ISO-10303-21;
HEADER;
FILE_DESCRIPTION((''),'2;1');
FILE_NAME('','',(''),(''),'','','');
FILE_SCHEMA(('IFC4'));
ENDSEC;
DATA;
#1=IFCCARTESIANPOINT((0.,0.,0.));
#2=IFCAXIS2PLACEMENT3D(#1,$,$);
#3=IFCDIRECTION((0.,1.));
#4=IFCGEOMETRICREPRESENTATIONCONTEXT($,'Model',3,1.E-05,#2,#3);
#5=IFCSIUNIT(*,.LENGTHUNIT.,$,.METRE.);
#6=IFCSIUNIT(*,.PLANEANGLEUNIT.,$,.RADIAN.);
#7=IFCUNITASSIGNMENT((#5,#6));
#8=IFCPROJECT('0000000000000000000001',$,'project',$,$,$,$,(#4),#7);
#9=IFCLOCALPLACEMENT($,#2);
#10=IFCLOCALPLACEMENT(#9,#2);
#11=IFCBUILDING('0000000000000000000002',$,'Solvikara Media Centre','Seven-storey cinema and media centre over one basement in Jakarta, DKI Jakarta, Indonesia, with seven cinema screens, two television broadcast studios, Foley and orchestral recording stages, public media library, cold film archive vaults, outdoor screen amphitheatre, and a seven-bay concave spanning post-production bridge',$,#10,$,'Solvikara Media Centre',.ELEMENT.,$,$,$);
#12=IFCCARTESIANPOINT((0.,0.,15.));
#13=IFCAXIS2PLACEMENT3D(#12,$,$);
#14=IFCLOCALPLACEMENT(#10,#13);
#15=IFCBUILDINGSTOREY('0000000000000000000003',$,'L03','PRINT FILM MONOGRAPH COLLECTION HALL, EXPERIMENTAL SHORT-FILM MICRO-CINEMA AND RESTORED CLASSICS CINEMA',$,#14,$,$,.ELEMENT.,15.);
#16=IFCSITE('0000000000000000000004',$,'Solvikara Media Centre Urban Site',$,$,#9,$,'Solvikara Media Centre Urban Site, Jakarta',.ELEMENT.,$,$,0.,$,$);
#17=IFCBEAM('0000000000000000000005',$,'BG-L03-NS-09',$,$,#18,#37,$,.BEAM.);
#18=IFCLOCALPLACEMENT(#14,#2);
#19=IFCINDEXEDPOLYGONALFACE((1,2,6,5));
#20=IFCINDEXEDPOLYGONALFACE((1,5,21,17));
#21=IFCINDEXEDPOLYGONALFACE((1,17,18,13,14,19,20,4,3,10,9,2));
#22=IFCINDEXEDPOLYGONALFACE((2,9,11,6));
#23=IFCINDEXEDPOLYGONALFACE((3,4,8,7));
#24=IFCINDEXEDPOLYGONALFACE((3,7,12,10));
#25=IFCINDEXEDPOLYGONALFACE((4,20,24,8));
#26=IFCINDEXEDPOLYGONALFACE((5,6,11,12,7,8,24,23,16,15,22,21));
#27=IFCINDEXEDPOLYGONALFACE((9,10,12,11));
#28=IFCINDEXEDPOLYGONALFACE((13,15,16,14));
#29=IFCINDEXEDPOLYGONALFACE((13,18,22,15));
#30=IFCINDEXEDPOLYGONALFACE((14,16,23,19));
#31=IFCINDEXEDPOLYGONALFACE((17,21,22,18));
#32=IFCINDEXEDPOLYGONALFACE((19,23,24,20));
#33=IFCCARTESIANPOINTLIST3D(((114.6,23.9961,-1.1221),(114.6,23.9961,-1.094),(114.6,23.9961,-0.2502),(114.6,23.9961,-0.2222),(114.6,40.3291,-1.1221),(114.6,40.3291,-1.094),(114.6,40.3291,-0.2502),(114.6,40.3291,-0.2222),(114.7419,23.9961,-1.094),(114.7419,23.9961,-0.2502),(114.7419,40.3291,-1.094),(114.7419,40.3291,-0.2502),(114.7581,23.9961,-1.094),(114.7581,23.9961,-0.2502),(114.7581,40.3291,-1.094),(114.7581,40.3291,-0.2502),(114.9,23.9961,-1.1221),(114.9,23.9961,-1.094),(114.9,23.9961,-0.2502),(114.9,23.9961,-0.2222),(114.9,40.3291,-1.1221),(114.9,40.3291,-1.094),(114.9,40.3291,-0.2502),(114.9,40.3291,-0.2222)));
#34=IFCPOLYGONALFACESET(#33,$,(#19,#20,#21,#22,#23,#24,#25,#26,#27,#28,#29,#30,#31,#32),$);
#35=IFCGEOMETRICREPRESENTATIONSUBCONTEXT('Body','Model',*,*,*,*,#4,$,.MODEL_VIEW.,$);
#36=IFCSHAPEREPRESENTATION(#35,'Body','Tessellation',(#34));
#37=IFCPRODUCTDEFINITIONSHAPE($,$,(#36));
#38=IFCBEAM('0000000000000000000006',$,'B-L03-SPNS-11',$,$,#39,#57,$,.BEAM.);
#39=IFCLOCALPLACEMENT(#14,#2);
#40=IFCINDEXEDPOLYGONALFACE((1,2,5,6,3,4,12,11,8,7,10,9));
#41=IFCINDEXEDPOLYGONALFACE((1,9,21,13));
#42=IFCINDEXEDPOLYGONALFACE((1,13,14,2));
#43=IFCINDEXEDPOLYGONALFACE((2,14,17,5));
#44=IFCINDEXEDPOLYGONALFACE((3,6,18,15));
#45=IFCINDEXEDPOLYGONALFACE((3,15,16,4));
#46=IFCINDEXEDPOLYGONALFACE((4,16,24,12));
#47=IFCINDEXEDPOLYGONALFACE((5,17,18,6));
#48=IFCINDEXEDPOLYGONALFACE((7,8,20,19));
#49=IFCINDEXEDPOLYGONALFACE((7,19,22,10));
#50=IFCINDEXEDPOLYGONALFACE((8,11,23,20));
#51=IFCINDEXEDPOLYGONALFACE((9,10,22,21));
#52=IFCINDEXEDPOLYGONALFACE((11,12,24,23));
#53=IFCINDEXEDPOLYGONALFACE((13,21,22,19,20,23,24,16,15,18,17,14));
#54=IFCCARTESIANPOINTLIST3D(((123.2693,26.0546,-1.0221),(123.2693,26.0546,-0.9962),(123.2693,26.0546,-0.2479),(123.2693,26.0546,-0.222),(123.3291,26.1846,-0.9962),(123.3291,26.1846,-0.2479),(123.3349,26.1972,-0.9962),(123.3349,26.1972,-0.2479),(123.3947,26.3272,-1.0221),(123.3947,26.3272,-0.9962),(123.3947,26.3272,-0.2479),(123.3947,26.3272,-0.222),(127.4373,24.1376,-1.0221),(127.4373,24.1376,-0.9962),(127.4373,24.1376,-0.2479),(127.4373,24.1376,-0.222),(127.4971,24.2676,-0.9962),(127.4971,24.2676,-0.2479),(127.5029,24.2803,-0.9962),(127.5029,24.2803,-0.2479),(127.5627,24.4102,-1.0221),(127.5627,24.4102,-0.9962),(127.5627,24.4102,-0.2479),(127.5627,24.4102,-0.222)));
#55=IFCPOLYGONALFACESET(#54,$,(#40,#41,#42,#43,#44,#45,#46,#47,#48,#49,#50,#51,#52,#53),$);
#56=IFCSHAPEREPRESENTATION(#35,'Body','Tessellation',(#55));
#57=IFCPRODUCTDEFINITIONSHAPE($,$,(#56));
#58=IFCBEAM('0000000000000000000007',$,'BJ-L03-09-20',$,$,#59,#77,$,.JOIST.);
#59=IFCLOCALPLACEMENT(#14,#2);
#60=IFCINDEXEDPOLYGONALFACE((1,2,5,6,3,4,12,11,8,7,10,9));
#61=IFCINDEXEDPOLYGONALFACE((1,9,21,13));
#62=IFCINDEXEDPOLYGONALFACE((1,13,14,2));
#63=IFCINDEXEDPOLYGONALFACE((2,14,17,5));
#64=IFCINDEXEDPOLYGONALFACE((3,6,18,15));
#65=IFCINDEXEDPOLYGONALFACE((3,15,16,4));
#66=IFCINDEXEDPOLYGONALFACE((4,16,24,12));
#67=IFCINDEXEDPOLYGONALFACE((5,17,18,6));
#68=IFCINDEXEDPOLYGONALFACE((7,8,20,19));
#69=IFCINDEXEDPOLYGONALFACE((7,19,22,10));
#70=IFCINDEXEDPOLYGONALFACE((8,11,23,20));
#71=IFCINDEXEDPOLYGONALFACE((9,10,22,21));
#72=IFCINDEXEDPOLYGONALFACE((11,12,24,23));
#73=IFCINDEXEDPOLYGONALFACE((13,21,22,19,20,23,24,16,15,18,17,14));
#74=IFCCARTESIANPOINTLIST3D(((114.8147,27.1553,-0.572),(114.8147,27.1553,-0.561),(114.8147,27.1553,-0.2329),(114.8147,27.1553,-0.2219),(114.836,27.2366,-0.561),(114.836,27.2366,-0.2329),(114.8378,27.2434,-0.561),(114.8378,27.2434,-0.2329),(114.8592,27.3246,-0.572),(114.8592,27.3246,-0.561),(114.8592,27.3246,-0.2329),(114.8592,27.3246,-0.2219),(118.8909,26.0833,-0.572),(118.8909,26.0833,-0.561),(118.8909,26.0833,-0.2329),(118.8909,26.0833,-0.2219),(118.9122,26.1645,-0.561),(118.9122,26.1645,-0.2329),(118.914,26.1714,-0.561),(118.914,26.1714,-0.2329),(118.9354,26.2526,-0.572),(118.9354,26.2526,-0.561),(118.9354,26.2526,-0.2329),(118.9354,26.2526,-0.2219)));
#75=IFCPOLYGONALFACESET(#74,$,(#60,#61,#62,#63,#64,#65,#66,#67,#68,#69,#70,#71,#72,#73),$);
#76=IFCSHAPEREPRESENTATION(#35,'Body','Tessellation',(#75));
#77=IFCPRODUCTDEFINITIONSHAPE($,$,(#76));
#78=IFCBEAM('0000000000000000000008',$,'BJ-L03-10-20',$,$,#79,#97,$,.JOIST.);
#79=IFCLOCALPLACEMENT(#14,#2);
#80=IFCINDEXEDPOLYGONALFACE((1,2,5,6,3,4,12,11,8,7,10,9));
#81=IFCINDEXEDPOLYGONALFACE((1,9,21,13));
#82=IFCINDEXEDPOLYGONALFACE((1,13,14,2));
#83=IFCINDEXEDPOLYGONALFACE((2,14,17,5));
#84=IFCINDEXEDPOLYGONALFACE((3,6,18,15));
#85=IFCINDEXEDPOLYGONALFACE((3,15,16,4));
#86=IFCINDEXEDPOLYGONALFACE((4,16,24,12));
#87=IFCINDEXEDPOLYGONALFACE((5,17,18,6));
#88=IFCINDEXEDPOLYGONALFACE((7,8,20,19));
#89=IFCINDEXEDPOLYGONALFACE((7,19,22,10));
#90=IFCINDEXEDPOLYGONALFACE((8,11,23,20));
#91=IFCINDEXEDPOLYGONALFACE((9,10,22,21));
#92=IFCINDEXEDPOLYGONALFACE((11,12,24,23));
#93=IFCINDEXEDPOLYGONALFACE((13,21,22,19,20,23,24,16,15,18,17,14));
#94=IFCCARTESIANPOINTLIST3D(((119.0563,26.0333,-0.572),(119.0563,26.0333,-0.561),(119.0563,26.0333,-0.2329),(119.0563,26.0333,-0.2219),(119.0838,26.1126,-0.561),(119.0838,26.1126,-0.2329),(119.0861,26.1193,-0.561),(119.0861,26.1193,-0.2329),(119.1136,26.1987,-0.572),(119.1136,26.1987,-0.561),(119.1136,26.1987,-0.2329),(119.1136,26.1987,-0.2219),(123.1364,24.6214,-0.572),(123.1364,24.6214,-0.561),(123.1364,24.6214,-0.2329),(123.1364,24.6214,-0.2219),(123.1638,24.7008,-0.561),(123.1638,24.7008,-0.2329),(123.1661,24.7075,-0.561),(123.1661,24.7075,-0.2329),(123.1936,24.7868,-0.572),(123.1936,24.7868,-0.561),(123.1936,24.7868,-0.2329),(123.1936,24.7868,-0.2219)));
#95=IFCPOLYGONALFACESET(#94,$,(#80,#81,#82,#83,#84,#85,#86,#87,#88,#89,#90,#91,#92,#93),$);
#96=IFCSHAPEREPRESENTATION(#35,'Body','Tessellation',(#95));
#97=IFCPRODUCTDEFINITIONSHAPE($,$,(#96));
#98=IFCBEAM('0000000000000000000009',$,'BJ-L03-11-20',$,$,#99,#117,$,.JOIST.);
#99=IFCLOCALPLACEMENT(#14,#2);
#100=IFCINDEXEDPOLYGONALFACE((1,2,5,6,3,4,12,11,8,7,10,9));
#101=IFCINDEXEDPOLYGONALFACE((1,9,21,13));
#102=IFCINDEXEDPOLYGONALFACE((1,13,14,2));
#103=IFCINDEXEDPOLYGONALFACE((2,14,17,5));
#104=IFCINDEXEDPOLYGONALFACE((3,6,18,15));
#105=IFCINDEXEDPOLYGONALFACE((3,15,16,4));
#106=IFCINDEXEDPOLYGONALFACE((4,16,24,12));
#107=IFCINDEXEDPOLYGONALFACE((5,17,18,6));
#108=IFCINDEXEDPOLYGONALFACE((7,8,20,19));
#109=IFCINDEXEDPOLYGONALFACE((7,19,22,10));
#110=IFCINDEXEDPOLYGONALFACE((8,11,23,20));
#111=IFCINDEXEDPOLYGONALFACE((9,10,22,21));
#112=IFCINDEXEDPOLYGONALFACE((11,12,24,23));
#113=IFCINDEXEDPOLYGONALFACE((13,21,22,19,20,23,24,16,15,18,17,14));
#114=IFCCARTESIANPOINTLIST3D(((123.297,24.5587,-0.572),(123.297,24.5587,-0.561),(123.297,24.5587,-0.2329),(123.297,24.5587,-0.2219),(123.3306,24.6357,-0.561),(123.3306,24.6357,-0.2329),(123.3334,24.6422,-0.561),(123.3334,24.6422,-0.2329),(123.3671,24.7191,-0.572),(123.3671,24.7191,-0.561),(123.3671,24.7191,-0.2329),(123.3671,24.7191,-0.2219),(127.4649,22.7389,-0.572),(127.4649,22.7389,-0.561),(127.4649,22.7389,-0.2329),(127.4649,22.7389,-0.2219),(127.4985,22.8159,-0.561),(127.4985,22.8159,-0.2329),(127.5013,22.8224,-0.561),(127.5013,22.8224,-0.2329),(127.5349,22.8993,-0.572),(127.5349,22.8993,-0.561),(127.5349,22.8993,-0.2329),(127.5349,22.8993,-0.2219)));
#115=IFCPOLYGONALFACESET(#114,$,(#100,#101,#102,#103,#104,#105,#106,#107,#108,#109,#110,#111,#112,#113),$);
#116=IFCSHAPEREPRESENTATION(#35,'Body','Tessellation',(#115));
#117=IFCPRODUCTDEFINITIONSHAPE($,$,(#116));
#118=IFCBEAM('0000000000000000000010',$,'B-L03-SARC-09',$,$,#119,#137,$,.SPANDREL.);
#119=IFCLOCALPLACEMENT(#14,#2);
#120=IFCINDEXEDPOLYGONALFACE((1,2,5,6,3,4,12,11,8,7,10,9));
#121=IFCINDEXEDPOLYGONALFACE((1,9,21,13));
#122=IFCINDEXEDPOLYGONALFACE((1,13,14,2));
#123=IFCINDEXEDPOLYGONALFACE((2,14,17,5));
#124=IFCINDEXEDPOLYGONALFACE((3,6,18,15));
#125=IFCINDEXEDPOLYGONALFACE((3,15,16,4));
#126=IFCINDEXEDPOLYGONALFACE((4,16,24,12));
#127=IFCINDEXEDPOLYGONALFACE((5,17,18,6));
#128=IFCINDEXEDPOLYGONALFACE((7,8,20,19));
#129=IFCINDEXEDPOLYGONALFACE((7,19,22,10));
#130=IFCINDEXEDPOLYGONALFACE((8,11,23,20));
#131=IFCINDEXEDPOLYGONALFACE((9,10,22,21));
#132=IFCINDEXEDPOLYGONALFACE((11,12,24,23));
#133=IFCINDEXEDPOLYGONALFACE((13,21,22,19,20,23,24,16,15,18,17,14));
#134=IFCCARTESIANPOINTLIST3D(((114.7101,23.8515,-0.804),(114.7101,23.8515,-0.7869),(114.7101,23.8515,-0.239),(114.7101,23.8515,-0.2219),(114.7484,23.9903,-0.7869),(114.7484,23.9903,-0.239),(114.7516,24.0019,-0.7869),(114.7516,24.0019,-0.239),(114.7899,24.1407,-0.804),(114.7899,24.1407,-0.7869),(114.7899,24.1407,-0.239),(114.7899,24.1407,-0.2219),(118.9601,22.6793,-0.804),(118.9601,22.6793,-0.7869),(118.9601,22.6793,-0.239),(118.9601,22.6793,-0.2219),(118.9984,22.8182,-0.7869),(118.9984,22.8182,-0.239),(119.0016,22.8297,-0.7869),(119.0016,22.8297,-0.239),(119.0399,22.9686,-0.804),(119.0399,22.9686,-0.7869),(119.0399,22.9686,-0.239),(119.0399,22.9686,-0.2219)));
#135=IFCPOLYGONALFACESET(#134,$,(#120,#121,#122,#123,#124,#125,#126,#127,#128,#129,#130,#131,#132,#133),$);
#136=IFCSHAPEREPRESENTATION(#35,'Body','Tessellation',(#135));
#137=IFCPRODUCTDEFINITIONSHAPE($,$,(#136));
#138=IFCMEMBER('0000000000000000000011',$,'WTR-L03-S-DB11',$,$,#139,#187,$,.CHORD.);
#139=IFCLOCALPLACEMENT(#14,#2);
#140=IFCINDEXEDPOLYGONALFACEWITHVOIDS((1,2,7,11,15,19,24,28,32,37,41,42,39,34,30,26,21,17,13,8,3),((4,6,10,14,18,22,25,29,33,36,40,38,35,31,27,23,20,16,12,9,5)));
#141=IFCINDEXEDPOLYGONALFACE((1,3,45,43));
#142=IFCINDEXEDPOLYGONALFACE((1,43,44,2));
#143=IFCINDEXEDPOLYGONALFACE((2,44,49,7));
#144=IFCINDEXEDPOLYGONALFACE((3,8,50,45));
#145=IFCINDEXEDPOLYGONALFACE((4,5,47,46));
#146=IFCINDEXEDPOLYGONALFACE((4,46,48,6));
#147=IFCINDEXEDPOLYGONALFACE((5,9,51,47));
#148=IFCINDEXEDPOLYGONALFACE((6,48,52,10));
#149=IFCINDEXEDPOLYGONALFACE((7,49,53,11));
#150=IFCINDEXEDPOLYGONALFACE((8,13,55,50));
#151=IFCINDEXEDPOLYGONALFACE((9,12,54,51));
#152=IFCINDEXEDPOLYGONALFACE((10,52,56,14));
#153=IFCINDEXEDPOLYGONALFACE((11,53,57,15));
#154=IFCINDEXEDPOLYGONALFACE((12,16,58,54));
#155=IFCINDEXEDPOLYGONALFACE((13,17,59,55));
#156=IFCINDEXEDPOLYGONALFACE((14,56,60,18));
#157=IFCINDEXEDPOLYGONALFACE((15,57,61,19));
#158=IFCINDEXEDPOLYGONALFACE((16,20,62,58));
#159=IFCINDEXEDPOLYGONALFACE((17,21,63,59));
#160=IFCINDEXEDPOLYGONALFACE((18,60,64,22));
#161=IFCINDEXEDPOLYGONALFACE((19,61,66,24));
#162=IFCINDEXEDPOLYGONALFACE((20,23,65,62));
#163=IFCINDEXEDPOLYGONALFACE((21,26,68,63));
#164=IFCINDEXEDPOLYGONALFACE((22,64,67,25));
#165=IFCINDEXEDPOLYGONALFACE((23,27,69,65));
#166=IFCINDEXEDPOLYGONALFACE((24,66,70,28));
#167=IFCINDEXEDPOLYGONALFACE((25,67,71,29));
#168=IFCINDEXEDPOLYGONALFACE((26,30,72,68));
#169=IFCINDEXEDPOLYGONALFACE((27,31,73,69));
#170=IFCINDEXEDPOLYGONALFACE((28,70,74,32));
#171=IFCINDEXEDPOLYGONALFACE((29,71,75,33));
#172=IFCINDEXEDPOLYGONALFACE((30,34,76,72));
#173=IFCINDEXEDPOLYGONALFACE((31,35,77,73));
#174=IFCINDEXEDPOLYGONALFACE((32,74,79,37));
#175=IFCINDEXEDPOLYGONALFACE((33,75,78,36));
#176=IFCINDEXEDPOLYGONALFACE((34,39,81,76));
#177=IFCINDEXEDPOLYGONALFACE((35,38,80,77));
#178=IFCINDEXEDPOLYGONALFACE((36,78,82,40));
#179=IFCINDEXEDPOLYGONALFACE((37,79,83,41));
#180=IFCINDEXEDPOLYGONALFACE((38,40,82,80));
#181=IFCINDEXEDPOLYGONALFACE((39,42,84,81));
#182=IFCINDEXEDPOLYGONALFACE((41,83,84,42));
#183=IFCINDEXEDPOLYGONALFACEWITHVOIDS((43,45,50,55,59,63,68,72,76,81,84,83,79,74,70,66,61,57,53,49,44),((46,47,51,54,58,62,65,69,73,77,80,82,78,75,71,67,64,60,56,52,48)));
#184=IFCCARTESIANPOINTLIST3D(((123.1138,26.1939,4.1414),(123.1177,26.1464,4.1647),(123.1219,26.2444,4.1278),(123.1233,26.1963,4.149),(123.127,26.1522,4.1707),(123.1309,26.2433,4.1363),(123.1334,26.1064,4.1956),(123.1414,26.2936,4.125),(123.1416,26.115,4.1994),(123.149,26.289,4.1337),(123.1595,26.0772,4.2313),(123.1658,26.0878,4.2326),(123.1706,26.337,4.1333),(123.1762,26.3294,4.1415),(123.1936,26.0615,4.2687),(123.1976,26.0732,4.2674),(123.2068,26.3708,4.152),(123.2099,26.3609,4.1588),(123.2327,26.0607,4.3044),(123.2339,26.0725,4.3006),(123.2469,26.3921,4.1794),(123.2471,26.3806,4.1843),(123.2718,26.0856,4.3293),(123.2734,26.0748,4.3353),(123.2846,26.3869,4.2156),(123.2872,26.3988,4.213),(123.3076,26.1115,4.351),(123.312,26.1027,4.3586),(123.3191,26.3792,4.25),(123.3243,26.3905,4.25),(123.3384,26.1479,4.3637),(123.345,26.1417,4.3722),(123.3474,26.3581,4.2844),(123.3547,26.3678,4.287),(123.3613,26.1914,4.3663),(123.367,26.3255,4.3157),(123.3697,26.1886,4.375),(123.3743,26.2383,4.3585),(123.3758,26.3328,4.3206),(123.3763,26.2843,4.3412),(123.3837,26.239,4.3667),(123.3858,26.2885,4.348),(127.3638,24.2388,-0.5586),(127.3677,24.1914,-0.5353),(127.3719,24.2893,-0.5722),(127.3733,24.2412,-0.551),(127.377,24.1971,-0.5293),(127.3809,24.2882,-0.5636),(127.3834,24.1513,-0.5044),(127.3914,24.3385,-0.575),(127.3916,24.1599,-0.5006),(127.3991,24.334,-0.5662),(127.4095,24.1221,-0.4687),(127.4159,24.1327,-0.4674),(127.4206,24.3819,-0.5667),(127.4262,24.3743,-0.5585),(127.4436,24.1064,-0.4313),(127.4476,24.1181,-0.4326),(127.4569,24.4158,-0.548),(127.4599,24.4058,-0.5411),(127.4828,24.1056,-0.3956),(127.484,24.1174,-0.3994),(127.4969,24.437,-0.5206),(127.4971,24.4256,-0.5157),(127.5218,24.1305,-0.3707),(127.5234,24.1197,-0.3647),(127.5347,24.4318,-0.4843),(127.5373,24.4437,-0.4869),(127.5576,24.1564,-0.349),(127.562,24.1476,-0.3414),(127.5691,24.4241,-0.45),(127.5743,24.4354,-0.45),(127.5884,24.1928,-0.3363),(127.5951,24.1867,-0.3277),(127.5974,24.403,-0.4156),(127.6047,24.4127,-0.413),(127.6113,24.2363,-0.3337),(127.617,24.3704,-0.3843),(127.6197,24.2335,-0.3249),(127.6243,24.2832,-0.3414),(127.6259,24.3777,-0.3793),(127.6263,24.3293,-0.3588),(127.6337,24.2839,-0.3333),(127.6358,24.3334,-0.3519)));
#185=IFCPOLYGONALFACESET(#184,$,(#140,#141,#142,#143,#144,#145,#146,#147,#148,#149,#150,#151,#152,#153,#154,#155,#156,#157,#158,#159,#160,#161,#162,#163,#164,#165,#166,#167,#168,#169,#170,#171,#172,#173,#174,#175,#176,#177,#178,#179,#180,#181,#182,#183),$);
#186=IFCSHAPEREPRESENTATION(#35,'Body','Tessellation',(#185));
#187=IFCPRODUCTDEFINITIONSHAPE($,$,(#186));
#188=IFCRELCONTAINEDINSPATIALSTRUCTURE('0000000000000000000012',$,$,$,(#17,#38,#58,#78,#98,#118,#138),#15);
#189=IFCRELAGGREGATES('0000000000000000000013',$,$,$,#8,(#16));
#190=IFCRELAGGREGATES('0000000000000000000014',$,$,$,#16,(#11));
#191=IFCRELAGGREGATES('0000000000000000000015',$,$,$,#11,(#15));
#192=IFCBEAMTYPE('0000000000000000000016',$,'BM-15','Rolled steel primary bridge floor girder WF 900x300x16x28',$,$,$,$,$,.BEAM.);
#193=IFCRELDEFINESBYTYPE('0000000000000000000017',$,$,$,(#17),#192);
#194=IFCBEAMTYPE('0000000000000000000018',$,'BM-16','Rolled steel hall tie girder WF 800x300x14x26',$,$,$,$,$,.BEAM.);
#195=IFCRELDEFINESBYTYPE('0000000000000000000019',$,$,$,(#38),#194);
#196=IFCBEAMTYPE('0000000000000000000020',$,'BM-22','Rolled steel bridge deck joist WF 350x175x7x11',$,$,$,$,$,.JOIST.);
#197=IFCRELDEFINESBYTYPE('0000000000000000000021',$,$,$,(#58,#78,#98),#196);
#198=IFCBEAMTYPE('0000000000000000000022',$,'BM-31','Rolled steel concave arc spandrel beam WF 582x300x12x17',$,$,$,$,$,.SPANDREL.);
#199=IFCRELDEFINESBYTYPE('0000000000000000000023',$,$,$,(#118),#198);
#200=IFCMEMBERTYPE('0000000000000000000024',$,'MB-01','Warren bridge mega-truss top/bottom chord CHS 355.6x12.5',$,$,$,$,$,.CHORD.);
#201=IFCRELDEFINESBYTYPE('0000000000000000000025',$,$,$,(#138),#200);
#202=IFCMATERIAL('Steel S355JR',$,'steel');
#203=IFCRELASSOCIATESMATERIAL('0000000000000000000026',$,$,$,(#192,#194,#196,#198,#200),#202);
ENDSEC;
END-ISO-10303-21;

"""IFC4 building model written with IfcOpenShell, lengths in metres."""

from ifc_helpers import new_model, si_unit, direction, frame, origin, origin_2d, place, context, subcontext, project, spatial, hollow_circle, i_section, extrude, material, material_profile, profile_set, type_object, element, save


model = new_model("IFC4")

# Units and contexts
model_context = context("Model", 3, precision=1e-05, world=origin(), true_north=direction((0.0, 1.0)))
body_context = subcontext(model_context, "Body", "Model", "MODEL_VIEW")
ifc_project = project(units=[si_unit("LENGTHUNIT", "METRE"), si_unit("PLANEANGLEUNIT", "RADIAN")], contexts=[model_context])

# Site, building, storey
site_placement = place(None, origin())
site = spatial("IfcSite", under=ifc_project, at=site_placement, Name="Solvikara Media Centre Urban Site", LongName="Solvikara Media Centre Urban Site, Jakarta", CompositionType="ELEMENT", RefElevation=0.0)
building_placement = place(site_placement, origin())
building = spatial("IfcBuilding", under=site, at=building_placement, Name="Solvikara Media Centre", Description="Seven-storey cinema and media centre over one basement in Jakarta, DKI Jakarta, Indonesia, with seven cinema screens, two television broadcast studios, Foley and orchestral recording stages, public media library, cold film archive vaults, outdoor screen amphitheatre, and a seven-bay concave spanning post-production bridge", LongName="Solvikara Media Centre", CompositionType="ELEMENT")
storey_placement = place(building_placement, frame((0.0, 0.0, 15.0)))
storey = spatial("IfcBuildingStorey", under=building, at=storey_placement, Name="L03", Description="PRINT FILM MONOGRAPH COLLECTION HALL, EXPERIMENTAL SHORT-FILM MICRO-CINEMA AND RESTORED CLASSICS CINEMA", CompositionType="ELEMENT", Elevation=15.0)

# Beams
ifc_material_1 = material(Name="Steel S355JR", Category="steel")
ifc_material_profile_1 = material_profile(ifc_material_1, i_section(OverallWidth=0.3, OverallDepth=0.8999, WebThickness=0.0161, FlangeThickness=0.0281, at=origin_2d()), Name="WF 900x300x16x28")
ifc_profile_set_1 = profile_set([ifc_material_profile_1], Name="Steel S355JR")
beam_type_1 = type_object("IfcBeamType", Name="BM-15", Description="Rolled steel primary bridge floor girder WF 900x300x16x28", PredefinedType="BEAM", material=ifc_profile_set_1)
beam_1_placement = place(storey_placement, frame((114.75, 23.9961, -0.6721), z_axis=(0.0, 1.0, 0.0), x_axis=(-1.0, 0.0, 0.0)))
element("IfcBeam", 1, at=beam_1_placement, inside=storey, type_object=beam_type_1, Name="BG-L03-NS-09", PredefinedType="BEAM", context=body_context, shape_type="SweptSolid", body=[
    extrude(i_section(OverallWidth=0.3, OverallDepth=0.8999, WebThickness=0.0161, FlangeThickness=0.0281, at=origin_2d()), origin(), (0.0, 0.0, 1.0), 16.333),
])
ifc_material_profile_2 = material_profile(ifc_material_1, i_section(OverallWidth=0.3, OverallDepth=0.8, WebThickness=0.0139, FlangeThickness=0.0259, at=origin_2d()), Name="WF 800x300x14x26")
ifc_profile_set_2 = profile_set([ifc_material_profile_2], Name="Steel S355JR")
beam_type_2 = type_object("IfcBeamType", Name="BM-16", Description="Rolled steel hall tie girder WF 800x300x14x26", PredefinedType="BEAM", material=ifc_profile_set_2)
beam_2_placement = place(storey_placement, frame((123.332, 26.1909, -0.6221), z_axis=(0.908513, -0.417856, 0.0), x_axis=(0.417856, 0.908513, 0.0)))
element("IfcBeam", 2, at=beam_2_placement, inside=storey, type_object=beam_type_2, Name="B-L03-SPNS-11", PredefinedType="BEAM", context=body_context, shape_type="SweptSolid", body=[
    extrude(i_section(OverallWidth=0.3, OverallDepth=0.8, WebThickness=0.0139, FlangeThickness=0.0259, at=origin_2d()), origin(), (0.0, 0.0, 1.0), 4.5876),
])
ifc_material_profile_3 = material_profile(ifc_material_1, i_section(OverallWidth=0.175, OverallDepth=0.3501, WebThickness=0.0071, FlangeThickness=0.011, at=origin_2d()), Name="WF 350x175x7x11")
ifc_profile_set_3 = profile_set([ifc_material_profile_3], Name="Steel S355JR")
beam_type_3 = type_object("IfcBeamType", Name="BM-22", Description="Rolled steel bridge deck joist WF 350x175x7x11", PredefinedType="JOIST", material=ifc_profile_set_3)
beam_3_placement = place(storey_placement, frame((114.8369, 27.24, -0.397), z_axis=(0.967113, -0.254348, 0.0), x_axis=(0.254348, 0.967113, 0.0)))
element("IfcBeam", 3, at=beam_3_placement, inside=storey, type_object=beam_type_3, Name="BJ-L03-09-20", PredefinedType="JOIST", context=body_context, shape_type="SweptSolid", body=[
    extrude(i_section(OverallWidth=0.175, OverallDepth=0.3501, WebThickness=0.0071, FlangeThickness=0.011, at=origin_2d()), origin(), (0.0, 0.0, 1.0), 4.2148),
])
beam_4_placement = place(storey_placement, frame((119.085, 26.116, -0.397), z_axis=(0.94502, -0.327013, 0.0), x_axis=(0.327013, 0.94502, 0.0)))
element("IfcBeam", 4, at=beam_4_placement, inside=storey, type_object=beam_type_3, Name="BJ-L03-10-20", PredefinedType="JOIST", context=body_context, shape_type="SweptSolid", body=[
    extrude(i_section(OverallWidth=0.175, OverallDepth=0.3501, WebThickness=0.0071, FlangeThickness=0.011, at=origin_2d()), origin(), (0.0, 0.0, 1.0), 4.3174),
])
beam_5_placement = place(storey_placement, frame((123.332, 24.6389, -0.397), z_axis=(0.916453, -0.400143, 0.0), x_axis=(0.400143, 0.916453, 0.0)))
element("IfcBeam", 5, at=beam_5_placement, inside=storey, type_object=beam_type_3, Name="BJ-L03-11-20", PredefinedType="JOIST", context=body_context, shape_type="SweptSolid", body=[
    extrude(i_section(OverallWidth=0.175, OverallDepth=0.3501, WebThickness=0.0071, FlangeThickness=0.011, at=origin_2d()), origin(), (0.0, 0.0, 1.0), 4.5479),
])
ifc_material_profile_4 = material_profile(ifc_material_1, i_section(OverallWidth=0.3, OverallDepth=0.582, WebThickness=0.012, FlangeThickness=0.0171, at=origin_2d()), Name="WF 582x300x12x17")
ifc_profile_set_4 = profile_set([ifc_material_profile_4], Name="Steel S355JR")
beam_type_4 = type_object("IfcBeamType", Name="BM-31", Description="Rolled steel concave arc spandrel beam WF 582x300x12x17", PredefinedType="SPANDREL", material=ifc_profile_set_4)
beam_6_placement = place(storey_placement, frame((114.75, 23.9961, -0.5129), z_axis=(0.96401, -0.265867, 0.0), x_axis=(0.265867, 0.96401, 0.0)))
element("IfcBeam", 6, at=beam_6_placement, inside=storey, type_object=beam_type_4, Name="B-L03-SARC-09", PredefinedType="SPANDREL", context=body_context, shape_type="SweptSolid", body=[
    extrude(i_section(OverallWidth=0.3, OverallDepth=0.582, WebThickness=0.012, FlangeThickness=0.0171, at=origin_2d()), origin(), (0.0, 0.0, 1.0), 4.4087),
])

# Member
ifc_material_profile_5 = material_profile(ifc_material_1, hollow_circle(Radius=0.1777, WallThickness=0.0125, at=origin_2d()), Name="CHS 355.6x12.5")
ifc_profile_set_5 = profile_set([ifc_material_profile_5], Name="Steel S355JR")
member_type_1 = type_object("IfcMemberType", Name="MB-01", Description="Warren bridge mega-truss top/bottom chord CHS 355.6x12.5", PredefinedType="CHORD", material=ifc_profile_set_5)
member_1_placement = place(storey_placement, frame((123.25, 26.229, 4.25), z_axis=(0.640898, -0.294825, -0.708751), x_axis=(0.417919, 0.908484, 0.0)))
element("IfcMember", 7, at=member_1_placement, inside=storey, type_object=member_type_1, Name="WTR-L03-S-DB11", PredefinedType="CHORD", context=body_context, shape_type="SweptSolid", body=[
    extrude(hollow_circle(Radius=0.1777, WallThickness=0.0125, at=origin_2d()), origin(), (0.0, 0.0, 1.0), 6.6313),
])

save(model, "model.ifc")
